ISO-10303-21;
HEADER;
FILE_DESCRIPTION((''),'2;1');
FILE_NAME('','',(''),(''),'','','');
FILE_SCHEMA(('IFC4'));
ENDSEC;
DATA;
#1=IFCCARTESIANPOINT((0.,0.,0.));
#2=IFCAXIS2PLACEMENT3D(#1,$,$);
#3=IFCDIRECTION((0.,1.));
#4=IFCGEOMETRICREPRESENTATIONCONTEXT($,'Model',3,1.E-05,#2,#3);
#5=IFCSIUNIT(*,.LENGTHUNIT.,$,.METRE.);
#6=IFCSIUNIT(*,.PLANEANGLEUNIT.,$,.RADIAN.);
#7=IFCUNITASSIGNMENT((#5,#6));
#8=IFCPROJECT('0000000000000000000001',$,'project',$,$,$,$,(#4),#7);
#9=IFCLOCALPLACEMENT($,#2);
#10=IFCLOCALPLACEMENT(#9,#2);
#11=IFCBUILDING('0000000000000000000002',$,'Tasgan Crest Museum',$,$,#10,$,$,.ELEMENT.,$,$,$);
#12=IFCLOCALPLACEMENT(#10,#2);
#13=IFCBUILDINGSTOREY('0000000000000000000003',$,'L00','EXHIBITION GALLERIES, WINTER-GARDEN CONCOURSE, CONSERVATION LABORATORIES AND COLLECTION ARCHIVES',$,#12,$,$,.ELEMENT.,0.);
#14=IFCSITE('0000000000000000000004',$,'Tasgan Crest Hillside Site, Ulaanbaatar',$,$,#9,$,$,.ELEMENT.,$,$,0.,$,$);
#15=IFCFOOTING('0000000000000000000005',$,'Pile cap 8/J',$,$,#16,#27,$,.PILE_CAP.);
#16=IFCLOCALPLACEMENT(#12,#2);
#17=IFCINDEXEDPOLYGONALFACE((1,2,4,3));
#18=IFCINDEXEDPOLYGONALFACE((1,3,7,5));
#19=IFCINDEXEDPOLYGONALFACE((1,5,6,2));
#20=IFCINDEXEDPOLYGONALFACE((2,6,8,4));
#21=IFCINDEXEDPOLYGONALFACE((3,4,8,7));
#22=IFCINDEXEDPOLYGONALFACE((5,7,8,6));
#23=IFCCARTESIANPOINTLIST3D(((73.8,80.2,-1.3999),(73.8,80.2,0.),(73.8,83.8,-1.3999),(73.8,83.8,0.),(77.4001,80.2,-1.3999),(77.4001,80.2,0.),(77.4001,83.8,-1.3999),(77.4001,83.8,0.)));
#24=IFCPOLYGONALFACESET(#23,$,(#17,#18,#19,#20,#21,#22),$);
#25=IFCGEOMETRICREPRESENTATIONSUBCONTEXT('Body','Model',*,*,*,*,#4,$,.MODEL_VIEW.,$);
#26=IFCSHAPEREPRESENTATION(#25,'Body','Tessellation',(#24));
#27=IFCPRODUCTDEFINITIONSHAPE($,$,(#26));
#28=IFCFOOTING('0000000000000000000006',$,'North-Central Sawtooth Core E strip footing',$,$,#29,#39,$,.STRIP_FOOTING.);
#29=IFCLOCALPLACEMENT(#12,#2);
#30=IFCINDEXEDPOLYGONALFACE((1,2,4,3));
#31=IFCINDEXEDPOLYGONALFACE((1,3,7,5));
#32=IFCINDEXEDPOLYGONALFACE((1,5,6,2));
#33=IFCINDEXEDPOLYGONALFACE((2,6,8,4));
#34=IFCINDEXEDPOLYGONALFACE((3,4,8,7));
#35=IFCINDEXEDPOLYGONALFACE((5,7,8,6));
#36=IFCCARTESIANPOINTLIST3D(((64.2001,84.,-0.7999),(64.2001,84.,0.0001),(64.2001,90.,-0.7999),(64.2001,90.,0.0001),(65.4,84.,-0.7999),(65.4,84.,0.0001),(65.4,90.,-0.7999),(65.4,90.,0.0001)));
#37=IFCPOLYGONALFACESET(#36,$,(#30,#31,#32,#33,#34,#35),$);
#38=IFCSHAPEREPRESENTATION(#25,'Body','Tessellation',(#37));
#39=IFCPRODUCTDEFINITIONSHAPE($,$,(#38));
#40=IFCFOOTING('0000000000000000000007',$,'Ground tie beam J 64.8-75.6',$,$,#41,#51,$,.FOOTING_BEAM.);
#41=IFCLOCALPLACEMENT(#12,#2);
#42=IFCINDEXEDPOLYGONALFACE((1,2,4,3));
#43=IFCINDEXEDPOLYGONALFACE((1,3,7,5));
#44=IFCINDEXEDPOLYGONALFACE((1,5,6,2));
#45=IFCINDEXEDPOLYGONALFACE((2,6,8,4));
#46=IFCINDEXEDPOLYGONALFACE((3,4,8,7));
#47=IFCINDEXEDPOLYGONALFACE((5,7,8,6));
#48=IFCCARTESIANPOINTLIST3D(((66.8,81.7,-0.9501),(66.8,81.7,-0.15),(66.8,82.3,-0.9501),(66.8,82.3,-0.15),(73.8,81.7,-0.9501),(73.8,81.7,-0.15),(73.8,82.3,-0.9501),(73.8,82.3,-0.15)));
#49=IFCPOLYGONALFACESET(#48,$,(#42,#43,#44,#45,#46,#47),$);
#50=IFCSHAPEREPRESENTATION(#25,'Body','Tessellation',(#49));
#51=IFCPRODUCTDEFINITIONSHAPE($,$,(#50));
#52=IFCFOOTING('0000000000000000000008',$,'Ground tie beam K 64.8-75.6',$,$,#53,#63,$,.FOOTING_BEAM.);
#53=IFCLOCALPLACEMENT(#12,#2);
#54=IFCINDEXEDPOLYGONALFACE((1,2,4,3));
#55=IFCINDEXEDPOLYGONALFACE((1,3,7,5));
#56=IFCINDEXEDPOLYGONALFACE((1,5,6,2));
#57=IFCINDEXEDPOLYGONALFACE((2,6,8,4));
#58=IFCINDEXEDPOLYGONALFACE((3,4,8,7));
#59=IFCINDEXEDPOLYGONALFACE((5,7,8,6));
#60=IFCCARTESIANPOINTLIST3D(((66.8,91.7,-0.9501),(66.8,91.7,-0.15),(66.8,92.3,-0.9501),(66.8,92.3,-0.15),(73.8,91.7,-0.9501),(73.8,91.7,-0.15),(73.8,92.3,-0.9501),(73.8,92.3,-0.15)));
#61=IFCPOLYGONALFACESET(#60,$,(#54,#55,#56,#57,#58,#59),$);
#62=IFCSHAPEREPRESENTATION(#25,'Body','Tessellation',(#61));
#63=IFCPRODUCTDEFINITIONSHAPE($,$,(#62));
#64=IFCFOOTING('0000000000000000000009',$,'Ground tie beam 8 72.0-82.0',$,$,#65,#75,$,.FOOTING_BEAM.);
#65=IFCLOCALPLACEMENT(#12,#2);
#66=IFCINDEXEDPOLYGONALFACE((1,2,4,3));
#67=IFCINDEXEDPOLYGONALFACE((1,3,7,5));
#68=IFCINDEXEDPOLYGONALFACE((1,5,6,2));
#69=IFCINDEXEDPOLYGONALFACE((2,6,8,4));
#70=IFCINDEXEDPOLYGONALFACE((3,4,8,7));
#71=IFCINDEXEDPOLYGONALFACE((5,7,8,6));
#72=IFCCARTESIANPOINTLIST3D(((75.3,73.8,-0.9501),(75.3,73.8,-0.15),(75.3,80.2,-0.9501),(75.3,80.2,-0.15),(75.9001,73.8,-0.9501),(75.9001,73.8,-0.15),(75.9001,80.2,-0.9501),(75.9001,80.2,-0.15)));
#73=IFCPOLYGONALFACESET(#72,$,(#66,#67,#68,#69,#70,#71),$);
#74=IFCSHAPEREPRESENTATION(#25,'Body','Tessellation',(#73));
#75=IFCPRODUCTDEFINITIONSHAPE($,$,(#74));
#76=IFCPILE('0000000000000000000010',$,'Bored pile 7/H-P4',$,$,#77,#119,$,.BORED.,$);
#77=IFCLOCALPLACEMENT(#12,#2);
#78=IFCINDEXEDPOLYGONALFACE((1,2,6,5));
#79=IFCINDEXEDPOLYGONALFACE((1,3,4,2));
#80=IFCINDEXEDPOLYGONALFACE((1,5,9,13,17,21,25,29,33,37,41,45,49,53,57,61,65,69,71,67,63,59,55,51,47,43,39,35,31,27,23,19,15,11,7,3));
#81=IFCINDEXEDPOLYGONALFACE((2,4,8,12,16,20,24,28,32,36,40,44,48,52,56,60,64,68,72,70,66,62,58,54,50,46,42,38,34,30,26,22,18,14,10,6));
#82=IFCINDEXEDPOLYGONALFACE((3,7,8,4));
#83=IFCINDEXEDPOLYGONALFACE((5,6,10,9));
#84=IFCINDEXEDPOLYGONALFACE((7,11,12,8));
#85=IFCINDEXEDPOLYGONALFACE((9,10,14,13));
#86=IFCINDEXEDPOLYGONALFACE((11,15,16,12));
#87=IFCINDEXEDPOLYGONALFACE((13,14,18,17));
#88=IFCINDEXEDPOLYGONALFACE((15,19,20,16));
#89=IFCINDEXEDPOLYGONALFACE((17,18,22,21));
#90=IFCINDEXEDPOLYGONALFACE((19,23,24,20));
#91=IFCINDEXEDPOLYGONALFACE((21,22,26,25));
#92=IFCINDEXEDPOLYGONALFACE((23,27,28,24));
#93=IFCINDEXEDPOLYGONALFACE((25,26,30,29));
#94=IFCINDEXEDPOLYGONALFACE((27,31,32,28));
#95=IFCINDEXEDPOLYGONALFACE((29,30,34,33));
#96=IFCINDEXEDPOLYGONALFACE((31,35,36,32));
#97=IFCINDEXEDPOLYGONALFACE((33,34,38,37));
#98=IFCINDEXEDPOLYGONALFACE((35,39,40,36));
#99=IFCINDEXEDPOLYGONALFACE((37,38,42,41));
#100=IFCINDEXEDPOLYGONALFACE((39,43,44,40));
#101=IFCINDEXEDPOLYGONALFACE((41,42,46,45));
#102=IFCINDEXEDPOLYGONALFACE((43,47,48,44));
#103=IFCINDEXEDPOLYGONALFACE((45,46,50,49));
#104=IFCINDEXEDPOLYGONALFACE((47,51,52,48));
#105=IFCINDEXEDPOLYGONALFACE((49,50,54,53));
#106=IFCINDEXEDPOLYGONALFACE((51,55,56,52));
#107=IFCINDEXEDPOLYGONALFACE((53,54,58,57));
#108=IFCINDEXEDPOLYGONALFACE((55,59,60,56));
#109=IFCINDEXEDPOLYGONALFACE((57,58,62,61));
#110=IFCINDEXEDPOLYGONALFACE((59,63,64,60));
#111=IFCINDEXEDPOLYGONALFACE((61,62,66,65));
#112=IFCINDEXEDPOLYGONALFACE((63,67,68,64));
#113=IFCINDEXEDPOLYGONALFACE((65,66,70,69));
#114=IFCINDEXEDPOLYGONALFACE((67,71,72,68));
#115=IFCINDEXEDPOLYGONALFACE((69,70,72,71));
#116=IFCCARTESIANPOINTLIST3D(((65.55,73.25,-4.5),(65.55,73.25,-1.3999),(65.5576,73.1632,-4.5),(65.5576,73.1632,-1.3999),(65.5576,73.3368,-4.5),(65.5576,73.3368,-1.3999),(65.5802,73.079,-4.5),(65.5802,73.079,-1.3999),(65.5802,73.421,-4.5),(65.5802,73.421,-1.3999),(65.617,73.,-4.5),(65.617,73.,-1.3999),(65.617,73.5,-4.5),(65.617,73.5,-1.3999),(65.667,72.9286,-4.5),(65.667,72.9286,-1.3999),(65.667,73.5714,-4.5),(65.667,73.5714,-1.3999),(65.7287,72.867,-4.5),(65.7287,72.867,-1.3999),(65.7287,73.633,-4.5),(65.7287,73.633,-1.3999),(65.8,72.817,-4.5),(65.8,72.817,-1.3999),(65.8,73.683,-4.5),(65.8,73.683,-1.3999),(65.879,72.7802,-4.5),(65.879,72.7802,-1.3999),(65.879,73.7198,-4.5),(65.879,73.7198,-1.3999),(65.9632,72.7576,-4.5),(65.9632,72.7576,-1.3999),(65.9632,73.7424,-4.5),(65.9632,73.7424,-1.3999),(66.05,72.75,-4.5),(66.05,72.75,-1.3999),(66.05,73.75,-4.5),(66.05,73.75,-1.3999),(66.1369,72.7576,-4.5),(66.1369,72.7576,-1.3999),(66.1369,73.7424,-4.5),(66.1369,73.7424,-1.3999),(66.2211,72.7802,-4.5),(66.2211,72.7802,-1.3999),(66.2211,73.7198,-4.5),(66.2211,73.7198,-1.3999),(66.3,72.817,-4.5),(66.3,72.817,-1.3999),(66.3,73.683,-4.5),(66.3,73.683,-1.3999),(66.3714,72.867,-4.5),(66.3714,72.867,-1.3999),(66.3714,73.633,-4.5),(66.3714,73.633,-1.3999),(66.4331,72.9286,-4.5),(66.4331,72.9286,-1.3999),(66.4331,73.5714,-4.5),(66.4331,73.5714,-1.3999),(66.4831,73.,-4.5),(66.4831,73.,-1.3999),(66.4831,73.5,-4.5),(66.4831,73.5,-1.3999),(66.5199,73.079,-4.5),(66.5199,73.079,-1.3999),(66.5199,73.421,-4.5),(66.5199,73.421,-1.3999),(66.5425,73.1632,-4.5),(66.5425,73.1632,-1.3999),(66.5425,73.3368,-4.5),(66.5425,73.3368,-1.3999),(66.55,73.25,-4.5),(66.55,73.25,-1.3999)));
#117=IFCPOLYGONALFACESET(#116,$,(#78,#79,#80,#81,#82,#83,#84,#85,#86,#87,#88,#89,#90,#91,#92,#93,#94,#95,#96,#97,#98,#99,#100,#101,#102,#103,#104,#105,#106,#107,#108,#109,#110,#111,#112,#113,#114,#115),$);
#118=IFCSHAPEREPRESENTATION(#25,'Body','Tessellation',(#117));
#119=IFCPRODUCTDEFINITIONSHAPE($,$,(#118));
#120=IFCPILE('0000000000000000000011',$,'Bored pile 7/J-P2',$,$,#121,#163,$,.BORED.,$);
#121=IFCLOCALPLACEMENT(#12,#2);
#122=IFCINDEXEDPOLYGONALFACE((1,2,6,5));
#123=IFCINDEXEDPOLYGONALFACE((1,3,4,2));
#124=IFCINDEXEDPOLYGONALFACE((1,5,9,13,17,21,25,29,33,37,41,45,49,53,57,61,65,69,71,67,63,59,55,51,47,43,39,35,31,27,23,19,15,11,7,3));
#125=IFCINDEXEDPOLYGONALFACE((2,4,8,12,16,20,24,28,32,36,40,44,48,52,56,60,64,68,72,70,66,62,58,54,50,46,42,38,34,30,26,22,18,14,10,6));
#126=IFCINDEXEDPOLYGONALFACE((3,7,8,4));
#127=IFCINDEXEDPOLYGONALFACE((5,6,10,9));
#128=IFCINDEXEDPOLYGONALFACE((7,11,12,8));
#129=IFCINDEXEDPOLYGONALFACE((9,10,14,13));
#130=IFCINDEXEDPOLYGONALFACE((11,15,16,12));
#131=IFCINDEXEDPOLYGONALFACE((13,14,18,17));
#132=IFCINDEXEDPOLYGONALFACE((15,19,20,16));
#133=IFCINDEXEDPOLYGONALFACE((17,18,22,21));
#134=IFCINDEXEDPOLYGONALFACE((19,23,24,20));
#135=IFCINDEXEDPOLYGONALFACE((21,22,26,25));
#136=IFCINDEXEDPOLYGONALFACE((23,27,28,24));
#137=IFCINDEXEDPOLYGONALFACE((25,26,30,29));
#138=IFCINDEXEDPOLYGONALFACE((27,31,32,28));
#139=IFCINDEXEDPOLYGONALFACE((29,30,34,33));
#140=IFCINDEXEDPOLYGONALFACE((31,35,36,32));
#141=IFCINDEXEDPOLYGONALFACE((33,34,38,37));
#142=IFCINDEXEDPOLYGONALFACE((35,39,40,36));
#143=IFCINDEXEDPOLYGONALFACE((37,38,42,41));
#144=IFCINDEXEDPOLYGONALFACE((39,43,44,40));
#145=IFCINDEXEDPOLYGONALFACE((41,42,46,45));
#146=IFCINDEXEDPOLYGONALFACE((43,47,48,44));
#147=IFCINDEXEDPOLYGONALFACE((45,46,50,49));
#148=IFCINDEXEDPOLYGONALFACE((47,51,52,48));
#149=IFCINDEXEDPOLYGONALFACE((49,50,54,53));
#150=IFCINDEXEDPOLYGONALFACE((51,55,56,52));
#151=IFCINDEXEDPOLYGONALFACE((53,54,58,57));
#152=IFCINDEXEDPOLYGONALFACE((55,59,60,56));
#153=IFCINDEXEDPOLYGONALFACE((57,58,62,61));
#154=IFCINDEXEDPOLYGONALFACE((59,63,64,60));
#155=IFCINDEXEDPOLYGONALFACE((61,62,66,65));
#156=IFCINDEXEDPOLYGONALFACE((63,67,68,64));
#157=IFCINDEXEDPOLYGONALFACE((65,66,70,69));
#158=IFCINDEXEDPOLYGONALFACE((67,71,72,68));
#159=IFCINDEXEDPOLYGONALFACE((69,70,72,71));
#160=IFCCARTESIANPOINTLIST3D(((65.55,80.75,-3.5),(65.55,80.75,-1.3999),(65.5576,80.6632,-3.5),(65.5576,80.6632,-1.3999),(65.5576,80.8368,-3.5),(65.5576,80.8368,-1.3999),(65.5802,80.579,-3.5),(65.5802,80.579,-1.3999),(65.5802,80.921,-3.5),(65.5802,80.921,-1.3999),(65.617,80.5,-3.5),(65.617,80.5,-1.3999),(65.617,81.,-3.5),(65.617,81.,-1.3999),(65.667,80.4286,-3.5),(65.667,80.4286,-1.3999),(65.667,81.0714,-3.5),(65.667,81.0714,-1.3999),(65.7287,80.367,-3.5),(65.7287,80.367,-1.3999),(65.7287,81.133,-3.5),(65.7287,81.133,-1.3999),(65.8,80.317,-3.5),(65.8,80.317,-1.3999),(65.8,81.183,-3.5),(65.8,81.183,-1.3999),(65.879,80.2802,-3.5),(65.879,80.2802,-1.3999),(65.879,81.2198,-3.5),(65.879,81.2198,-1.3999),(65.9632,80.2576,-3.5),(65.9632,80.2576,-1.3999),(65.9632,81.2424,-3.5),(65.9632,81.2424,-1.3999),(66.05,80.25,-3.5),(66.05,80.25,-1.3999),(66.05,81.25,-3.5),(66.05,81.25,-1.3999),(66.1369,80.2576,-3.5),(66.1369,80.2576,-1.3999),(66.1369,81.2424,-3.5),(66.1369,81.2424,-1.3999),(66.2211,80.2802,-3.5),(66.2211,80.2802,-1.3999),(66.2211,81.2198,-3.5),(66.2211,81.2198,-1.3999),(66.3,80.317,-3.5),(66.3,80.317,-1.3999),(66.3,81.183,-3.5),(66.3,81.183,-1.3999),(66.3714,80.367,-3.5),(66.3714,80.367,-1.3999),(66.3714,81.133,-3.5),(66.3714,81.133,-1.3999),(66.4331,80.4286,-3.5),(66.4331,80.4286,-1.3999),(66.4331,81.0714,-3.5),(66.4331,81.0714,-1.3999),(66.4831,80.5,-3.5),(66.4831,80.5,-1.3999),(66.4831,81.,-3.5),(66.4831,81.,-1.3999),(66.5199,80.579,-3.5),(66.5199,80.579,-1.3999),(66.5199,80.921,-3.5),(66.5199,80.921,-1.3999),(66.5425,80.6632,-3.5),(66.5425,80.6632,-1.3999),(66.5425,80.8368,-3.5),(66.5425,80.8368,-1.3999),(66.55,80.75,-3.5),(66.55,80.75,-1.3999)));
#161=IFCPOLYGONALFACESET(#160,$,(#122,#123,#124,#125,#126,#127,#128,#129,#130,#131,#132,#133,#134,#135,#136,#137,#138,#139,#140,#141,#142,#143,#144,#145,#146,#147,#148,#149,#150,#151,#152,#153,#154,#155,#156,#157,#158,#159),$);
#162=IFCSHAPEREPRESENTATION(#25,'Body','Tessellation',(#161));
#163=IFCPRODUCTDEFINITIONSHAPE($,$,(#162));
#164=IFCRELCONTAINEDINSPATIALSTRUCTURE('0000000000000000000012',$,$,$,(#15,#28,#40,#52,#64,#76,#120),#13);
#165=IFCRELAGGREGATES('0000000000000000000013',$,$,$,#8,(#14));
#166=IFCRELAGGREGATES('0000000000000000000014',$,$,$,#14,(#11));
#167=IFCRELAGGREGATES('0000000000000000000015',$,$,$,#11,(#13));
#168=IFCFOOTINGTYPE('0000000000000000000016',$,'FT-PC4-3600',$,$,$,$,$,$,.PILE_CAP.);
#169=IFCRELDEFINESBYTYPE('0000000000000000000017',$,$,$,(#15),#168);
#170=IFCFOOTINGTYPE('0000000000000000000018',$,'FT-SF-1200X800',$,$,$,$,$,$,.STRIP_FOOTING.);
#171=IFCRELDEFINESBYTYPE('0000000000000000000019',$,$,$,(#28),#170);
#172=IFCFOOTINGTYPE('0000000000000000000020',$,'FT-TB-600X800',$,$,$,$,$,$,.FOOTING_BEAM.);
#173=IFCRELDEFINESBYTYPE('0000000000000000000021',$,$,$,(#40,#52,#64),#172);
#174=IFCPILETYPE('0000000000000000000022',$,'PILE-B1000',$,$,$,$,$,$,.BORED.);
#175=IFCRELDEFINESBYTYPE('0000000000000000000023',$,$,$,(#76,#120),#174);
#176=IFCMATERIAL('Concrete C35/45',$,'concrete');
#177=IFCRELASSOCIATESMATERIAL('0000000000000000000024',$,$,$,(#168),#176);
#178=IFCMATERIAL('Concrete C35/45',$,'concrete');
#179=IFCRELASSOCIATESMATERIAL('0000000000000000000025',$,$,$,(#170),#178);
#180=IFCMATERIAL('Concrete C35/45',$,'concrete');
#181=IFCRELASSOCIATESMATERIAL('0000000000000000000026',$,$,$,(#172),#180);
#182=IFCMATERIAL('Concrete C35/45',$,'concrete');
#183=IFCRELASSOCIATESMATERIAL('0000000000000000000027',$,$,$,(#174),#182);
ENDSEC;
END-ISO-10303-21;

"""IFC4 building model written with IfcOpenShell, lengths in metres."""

from ifc_helpers import new_model, si_unit, direction, frame, origin, origin_2d, place, context, subcontext, project, spatial, rectangle, circle, extrude, material, material_profile, profile_set, type_object, element, save


model = new_model("IFC4")

# Units and contexts
model_context = context("Model", 3, precision=1e-05, world=origin(), true_north=direction((0.0, 1.0)))
body_context = subcontext(model_context, "Body", "Model", "MODEL_VIEW")
ifc_project = project(units=[si_unit("LENGTHUNIT", "METRE"), si_unit("PLANEANGLEUNIT", "RADIAN")], contexts=[model_context])

# Site, building, storey
site_placement = place(None, origin())
site = spatial("IfcSite", under=ifc_project, at=site_placement, Name="Tasgan Crest Hillside Site, Ulaanbaatar", CompositionType="ELEMENT", RefElevation=0.0)
building_placement = place(site_placement, origin())
building = spatial("IfcBuilding", under=site, at=building_placement, Name="Tasgan Crest Museum", CompositionType="ELEMENT")
storey_placement = place(building_placement, origin())
storey = spatial("IfcBuildingStorey", under=building, at=storey_placement, Name="L00", Description="EXHIBITION GALLERIES, WINTER-GARDEN CONCOURSE, CONSERVATION LABORATORIES AND COLLECTION ARCHIVES", CompositionType="ELEMENT", Elevation=0.0)

# Footings
ifc_material_1 = material(Name="Concrete C35/45", Category="concrete")
footing_type_1 = type_object("IfcFootingType", Name="FT-PC4-3600", PredefinedType="PILE_CAP", material=ifc_material_1)
footing_1_placement = place(storey_placement, frame((75.6001, 82.0, -1.3999), z_axis=(0.0, 0.0, 1.0), x_axis=(1.0, 0.0, 0.0)))
element("IfcFooting", 1, at=footing_1_placement, inside=storey, type_object=footing_type_1, Name="Pile cap 8/J", PredefinedType="PILE_CAP", context=body_context, shape_type="SweptSolid", body=[
    extrude(rectangle(XDim=3.6001, YDim=3.6001, at=origin_2d()), origin(), (0.0, 0.0, 1.0), 1.3999),
])
ifc_material_2 = material(Name="Concrete C35/45", Category="concrete")
ifc_material_profile_1 = material_profile(ifc_material_2, rectangle(XDim=1.2, YDim=0.8, at=origin_2d()), Name="SF 1200x800")
ifc_profile_set_1 = profile_set([ifc_material_profile_1], Name="Concrete C35/45")
footing_type_2 = type_object("IfcFootingType", Name="FT-SF-1200X800", PredefinedType="STRIP_FOOTING", material=ifc_profile_set_1)
footing_2_placement = place(storey_placement, frame((64.8, 84.0, -0.3999), z_axis=(0.0, 1.0, 0.0), x_axis=(-1.0, 0.0, 0.0)))
element("IfcFooting", 2, at=footing_2_placement, inside=storey, type_object=footing_type_2, Name="North-Central Sawtooth Core E strip footing", PredefinedType="STRIP_FOOTING", context=body_context, shape_type="SweptSolid", body=[
    extrude(rectangle(XDim=1.2, YDim=0.8, at=origin_2d()), origin(), (0.0, 0.0, 1.0), 6.0),
])
ifc_material_3 = material(Name="Concrete C35/45", Category="concrete")
ifc_material_profile_2 = material_profile(ifc_material_3, rectangle(XDim=0.6001, YDim=0.8, at=origin_2d()), Name="TB 600x800")
ifc_profile_set_2 = profile_set([ifc_material_profile_2], Name="Concrete C35/45")
footing_type_3 = type_object("IfcFootingType", Name="FT-TB-600X800", PredefinedType="FOOTING_BEAM", material=ifc_profile_set_2)
for number, where, z_axis, x_axis, name in (
    (3, (66.8, 82.0, -0.55), (1.0, 0.0, 0.0), (0.0, 1.0, 0.0), "Ground tie beam J 64.8-75.6"),
    (4, (66.8, 92.0, -0.55), (1.0, 0.0, 0.0), (0.0, 1.0, 0.0), "Ground tie beam K 64.8-75.6"),
):
    element("IfcFooting", number, at=place(storey_placement, frame(where, z_axis=z_axis, x_axis=x_axis)), inside=storey, type_object=footing_type_3, Name=name, PredefinedType="FOOTING_BEAM", context=body_context, shape_type="SweptSolid", body=[
        extrude(rectangle(XDim=0.6001, YDim=0.8, at=origin_2d()), origin(), (0.0, 0.0, 1.0), 7.0),
    ])
footing_3_placement = place(storey_placement, frame((75.6001, 73.8, -0.55), z_axis=(0.0, 1.0, 0.0), x_axis=(-1.0, 0.0, 0.0)))
element("IfcFooting", 5, at=footing_3_placement, inside=storey, type_object=footing_type_3, Name="Ground tie beam 8 72.0-82.0", PredefinedType="FOOTING_BEAM", context=body_context, shape_type="SweptSolid", body=[
    extrude(rectangle(XDim=0.6001, YDim=0.8, at=origin_2d()), origin(), (0.0, 0.0, 1.0), 6.3999),
])

# Piles
ifc_material_4 = material(Name="Concrete C35/45", Category="concrete")
ifc_material_profile_3 = material_profile(ifc_material_4, circle(Radius=0.5, at=origin_2d()), Name="PILE D1000")
ifc_profile_set_3 = profile_set([ifc_material_profile_3], Name="Concrete C35/45")
pile_type_1 = type_object("IfcPileType", Name="PILE-B1000", PredefinedType="BORED", material=ifc_profile_set_3)
pile_1_placement = place(storey_placement, frame((66.05, 73.25, -1.3999), z_axis=(0.0, 0.0, -1.0), x_axis=(1.0, 0.0, 0.0)))
element("IfcPile", 6, at=pile_1_placement, inside=storey, type_object=pile_type_1, Name="Bored pile 7/H-P4", PredefinedType="BORED", context=body_context, shape_type="SweptSolid", body=[
    extrude(circle(Radius=0.5, at=origin_2d()), origin(), (0.0, 0.0, 1.0), 3.1001),
])
for number, where, z_axis, x_axis, name in (
    (7, (66.05, 80.75, -1.3999), (0.0, 0.0, -1.0), (1.0, 0.0, 0.0), "Bored pile 7/J-P2"),
):
    element("IfcPile", number, at=place(storey_placement, frame(where, z_axis=z_axis, x_axis=x_axis)), inside=storey, type_object=pile_type_1, Name=name, PredefinedType="BORED", context=body_context, shape_type="SweptSolid", body=[
        extrude(circle(Radius=0.5, at=origin_2d()), origin(), (0.0, 0.0, 1.0), 2.1001),
    ])

save(model, "model.ifc")
